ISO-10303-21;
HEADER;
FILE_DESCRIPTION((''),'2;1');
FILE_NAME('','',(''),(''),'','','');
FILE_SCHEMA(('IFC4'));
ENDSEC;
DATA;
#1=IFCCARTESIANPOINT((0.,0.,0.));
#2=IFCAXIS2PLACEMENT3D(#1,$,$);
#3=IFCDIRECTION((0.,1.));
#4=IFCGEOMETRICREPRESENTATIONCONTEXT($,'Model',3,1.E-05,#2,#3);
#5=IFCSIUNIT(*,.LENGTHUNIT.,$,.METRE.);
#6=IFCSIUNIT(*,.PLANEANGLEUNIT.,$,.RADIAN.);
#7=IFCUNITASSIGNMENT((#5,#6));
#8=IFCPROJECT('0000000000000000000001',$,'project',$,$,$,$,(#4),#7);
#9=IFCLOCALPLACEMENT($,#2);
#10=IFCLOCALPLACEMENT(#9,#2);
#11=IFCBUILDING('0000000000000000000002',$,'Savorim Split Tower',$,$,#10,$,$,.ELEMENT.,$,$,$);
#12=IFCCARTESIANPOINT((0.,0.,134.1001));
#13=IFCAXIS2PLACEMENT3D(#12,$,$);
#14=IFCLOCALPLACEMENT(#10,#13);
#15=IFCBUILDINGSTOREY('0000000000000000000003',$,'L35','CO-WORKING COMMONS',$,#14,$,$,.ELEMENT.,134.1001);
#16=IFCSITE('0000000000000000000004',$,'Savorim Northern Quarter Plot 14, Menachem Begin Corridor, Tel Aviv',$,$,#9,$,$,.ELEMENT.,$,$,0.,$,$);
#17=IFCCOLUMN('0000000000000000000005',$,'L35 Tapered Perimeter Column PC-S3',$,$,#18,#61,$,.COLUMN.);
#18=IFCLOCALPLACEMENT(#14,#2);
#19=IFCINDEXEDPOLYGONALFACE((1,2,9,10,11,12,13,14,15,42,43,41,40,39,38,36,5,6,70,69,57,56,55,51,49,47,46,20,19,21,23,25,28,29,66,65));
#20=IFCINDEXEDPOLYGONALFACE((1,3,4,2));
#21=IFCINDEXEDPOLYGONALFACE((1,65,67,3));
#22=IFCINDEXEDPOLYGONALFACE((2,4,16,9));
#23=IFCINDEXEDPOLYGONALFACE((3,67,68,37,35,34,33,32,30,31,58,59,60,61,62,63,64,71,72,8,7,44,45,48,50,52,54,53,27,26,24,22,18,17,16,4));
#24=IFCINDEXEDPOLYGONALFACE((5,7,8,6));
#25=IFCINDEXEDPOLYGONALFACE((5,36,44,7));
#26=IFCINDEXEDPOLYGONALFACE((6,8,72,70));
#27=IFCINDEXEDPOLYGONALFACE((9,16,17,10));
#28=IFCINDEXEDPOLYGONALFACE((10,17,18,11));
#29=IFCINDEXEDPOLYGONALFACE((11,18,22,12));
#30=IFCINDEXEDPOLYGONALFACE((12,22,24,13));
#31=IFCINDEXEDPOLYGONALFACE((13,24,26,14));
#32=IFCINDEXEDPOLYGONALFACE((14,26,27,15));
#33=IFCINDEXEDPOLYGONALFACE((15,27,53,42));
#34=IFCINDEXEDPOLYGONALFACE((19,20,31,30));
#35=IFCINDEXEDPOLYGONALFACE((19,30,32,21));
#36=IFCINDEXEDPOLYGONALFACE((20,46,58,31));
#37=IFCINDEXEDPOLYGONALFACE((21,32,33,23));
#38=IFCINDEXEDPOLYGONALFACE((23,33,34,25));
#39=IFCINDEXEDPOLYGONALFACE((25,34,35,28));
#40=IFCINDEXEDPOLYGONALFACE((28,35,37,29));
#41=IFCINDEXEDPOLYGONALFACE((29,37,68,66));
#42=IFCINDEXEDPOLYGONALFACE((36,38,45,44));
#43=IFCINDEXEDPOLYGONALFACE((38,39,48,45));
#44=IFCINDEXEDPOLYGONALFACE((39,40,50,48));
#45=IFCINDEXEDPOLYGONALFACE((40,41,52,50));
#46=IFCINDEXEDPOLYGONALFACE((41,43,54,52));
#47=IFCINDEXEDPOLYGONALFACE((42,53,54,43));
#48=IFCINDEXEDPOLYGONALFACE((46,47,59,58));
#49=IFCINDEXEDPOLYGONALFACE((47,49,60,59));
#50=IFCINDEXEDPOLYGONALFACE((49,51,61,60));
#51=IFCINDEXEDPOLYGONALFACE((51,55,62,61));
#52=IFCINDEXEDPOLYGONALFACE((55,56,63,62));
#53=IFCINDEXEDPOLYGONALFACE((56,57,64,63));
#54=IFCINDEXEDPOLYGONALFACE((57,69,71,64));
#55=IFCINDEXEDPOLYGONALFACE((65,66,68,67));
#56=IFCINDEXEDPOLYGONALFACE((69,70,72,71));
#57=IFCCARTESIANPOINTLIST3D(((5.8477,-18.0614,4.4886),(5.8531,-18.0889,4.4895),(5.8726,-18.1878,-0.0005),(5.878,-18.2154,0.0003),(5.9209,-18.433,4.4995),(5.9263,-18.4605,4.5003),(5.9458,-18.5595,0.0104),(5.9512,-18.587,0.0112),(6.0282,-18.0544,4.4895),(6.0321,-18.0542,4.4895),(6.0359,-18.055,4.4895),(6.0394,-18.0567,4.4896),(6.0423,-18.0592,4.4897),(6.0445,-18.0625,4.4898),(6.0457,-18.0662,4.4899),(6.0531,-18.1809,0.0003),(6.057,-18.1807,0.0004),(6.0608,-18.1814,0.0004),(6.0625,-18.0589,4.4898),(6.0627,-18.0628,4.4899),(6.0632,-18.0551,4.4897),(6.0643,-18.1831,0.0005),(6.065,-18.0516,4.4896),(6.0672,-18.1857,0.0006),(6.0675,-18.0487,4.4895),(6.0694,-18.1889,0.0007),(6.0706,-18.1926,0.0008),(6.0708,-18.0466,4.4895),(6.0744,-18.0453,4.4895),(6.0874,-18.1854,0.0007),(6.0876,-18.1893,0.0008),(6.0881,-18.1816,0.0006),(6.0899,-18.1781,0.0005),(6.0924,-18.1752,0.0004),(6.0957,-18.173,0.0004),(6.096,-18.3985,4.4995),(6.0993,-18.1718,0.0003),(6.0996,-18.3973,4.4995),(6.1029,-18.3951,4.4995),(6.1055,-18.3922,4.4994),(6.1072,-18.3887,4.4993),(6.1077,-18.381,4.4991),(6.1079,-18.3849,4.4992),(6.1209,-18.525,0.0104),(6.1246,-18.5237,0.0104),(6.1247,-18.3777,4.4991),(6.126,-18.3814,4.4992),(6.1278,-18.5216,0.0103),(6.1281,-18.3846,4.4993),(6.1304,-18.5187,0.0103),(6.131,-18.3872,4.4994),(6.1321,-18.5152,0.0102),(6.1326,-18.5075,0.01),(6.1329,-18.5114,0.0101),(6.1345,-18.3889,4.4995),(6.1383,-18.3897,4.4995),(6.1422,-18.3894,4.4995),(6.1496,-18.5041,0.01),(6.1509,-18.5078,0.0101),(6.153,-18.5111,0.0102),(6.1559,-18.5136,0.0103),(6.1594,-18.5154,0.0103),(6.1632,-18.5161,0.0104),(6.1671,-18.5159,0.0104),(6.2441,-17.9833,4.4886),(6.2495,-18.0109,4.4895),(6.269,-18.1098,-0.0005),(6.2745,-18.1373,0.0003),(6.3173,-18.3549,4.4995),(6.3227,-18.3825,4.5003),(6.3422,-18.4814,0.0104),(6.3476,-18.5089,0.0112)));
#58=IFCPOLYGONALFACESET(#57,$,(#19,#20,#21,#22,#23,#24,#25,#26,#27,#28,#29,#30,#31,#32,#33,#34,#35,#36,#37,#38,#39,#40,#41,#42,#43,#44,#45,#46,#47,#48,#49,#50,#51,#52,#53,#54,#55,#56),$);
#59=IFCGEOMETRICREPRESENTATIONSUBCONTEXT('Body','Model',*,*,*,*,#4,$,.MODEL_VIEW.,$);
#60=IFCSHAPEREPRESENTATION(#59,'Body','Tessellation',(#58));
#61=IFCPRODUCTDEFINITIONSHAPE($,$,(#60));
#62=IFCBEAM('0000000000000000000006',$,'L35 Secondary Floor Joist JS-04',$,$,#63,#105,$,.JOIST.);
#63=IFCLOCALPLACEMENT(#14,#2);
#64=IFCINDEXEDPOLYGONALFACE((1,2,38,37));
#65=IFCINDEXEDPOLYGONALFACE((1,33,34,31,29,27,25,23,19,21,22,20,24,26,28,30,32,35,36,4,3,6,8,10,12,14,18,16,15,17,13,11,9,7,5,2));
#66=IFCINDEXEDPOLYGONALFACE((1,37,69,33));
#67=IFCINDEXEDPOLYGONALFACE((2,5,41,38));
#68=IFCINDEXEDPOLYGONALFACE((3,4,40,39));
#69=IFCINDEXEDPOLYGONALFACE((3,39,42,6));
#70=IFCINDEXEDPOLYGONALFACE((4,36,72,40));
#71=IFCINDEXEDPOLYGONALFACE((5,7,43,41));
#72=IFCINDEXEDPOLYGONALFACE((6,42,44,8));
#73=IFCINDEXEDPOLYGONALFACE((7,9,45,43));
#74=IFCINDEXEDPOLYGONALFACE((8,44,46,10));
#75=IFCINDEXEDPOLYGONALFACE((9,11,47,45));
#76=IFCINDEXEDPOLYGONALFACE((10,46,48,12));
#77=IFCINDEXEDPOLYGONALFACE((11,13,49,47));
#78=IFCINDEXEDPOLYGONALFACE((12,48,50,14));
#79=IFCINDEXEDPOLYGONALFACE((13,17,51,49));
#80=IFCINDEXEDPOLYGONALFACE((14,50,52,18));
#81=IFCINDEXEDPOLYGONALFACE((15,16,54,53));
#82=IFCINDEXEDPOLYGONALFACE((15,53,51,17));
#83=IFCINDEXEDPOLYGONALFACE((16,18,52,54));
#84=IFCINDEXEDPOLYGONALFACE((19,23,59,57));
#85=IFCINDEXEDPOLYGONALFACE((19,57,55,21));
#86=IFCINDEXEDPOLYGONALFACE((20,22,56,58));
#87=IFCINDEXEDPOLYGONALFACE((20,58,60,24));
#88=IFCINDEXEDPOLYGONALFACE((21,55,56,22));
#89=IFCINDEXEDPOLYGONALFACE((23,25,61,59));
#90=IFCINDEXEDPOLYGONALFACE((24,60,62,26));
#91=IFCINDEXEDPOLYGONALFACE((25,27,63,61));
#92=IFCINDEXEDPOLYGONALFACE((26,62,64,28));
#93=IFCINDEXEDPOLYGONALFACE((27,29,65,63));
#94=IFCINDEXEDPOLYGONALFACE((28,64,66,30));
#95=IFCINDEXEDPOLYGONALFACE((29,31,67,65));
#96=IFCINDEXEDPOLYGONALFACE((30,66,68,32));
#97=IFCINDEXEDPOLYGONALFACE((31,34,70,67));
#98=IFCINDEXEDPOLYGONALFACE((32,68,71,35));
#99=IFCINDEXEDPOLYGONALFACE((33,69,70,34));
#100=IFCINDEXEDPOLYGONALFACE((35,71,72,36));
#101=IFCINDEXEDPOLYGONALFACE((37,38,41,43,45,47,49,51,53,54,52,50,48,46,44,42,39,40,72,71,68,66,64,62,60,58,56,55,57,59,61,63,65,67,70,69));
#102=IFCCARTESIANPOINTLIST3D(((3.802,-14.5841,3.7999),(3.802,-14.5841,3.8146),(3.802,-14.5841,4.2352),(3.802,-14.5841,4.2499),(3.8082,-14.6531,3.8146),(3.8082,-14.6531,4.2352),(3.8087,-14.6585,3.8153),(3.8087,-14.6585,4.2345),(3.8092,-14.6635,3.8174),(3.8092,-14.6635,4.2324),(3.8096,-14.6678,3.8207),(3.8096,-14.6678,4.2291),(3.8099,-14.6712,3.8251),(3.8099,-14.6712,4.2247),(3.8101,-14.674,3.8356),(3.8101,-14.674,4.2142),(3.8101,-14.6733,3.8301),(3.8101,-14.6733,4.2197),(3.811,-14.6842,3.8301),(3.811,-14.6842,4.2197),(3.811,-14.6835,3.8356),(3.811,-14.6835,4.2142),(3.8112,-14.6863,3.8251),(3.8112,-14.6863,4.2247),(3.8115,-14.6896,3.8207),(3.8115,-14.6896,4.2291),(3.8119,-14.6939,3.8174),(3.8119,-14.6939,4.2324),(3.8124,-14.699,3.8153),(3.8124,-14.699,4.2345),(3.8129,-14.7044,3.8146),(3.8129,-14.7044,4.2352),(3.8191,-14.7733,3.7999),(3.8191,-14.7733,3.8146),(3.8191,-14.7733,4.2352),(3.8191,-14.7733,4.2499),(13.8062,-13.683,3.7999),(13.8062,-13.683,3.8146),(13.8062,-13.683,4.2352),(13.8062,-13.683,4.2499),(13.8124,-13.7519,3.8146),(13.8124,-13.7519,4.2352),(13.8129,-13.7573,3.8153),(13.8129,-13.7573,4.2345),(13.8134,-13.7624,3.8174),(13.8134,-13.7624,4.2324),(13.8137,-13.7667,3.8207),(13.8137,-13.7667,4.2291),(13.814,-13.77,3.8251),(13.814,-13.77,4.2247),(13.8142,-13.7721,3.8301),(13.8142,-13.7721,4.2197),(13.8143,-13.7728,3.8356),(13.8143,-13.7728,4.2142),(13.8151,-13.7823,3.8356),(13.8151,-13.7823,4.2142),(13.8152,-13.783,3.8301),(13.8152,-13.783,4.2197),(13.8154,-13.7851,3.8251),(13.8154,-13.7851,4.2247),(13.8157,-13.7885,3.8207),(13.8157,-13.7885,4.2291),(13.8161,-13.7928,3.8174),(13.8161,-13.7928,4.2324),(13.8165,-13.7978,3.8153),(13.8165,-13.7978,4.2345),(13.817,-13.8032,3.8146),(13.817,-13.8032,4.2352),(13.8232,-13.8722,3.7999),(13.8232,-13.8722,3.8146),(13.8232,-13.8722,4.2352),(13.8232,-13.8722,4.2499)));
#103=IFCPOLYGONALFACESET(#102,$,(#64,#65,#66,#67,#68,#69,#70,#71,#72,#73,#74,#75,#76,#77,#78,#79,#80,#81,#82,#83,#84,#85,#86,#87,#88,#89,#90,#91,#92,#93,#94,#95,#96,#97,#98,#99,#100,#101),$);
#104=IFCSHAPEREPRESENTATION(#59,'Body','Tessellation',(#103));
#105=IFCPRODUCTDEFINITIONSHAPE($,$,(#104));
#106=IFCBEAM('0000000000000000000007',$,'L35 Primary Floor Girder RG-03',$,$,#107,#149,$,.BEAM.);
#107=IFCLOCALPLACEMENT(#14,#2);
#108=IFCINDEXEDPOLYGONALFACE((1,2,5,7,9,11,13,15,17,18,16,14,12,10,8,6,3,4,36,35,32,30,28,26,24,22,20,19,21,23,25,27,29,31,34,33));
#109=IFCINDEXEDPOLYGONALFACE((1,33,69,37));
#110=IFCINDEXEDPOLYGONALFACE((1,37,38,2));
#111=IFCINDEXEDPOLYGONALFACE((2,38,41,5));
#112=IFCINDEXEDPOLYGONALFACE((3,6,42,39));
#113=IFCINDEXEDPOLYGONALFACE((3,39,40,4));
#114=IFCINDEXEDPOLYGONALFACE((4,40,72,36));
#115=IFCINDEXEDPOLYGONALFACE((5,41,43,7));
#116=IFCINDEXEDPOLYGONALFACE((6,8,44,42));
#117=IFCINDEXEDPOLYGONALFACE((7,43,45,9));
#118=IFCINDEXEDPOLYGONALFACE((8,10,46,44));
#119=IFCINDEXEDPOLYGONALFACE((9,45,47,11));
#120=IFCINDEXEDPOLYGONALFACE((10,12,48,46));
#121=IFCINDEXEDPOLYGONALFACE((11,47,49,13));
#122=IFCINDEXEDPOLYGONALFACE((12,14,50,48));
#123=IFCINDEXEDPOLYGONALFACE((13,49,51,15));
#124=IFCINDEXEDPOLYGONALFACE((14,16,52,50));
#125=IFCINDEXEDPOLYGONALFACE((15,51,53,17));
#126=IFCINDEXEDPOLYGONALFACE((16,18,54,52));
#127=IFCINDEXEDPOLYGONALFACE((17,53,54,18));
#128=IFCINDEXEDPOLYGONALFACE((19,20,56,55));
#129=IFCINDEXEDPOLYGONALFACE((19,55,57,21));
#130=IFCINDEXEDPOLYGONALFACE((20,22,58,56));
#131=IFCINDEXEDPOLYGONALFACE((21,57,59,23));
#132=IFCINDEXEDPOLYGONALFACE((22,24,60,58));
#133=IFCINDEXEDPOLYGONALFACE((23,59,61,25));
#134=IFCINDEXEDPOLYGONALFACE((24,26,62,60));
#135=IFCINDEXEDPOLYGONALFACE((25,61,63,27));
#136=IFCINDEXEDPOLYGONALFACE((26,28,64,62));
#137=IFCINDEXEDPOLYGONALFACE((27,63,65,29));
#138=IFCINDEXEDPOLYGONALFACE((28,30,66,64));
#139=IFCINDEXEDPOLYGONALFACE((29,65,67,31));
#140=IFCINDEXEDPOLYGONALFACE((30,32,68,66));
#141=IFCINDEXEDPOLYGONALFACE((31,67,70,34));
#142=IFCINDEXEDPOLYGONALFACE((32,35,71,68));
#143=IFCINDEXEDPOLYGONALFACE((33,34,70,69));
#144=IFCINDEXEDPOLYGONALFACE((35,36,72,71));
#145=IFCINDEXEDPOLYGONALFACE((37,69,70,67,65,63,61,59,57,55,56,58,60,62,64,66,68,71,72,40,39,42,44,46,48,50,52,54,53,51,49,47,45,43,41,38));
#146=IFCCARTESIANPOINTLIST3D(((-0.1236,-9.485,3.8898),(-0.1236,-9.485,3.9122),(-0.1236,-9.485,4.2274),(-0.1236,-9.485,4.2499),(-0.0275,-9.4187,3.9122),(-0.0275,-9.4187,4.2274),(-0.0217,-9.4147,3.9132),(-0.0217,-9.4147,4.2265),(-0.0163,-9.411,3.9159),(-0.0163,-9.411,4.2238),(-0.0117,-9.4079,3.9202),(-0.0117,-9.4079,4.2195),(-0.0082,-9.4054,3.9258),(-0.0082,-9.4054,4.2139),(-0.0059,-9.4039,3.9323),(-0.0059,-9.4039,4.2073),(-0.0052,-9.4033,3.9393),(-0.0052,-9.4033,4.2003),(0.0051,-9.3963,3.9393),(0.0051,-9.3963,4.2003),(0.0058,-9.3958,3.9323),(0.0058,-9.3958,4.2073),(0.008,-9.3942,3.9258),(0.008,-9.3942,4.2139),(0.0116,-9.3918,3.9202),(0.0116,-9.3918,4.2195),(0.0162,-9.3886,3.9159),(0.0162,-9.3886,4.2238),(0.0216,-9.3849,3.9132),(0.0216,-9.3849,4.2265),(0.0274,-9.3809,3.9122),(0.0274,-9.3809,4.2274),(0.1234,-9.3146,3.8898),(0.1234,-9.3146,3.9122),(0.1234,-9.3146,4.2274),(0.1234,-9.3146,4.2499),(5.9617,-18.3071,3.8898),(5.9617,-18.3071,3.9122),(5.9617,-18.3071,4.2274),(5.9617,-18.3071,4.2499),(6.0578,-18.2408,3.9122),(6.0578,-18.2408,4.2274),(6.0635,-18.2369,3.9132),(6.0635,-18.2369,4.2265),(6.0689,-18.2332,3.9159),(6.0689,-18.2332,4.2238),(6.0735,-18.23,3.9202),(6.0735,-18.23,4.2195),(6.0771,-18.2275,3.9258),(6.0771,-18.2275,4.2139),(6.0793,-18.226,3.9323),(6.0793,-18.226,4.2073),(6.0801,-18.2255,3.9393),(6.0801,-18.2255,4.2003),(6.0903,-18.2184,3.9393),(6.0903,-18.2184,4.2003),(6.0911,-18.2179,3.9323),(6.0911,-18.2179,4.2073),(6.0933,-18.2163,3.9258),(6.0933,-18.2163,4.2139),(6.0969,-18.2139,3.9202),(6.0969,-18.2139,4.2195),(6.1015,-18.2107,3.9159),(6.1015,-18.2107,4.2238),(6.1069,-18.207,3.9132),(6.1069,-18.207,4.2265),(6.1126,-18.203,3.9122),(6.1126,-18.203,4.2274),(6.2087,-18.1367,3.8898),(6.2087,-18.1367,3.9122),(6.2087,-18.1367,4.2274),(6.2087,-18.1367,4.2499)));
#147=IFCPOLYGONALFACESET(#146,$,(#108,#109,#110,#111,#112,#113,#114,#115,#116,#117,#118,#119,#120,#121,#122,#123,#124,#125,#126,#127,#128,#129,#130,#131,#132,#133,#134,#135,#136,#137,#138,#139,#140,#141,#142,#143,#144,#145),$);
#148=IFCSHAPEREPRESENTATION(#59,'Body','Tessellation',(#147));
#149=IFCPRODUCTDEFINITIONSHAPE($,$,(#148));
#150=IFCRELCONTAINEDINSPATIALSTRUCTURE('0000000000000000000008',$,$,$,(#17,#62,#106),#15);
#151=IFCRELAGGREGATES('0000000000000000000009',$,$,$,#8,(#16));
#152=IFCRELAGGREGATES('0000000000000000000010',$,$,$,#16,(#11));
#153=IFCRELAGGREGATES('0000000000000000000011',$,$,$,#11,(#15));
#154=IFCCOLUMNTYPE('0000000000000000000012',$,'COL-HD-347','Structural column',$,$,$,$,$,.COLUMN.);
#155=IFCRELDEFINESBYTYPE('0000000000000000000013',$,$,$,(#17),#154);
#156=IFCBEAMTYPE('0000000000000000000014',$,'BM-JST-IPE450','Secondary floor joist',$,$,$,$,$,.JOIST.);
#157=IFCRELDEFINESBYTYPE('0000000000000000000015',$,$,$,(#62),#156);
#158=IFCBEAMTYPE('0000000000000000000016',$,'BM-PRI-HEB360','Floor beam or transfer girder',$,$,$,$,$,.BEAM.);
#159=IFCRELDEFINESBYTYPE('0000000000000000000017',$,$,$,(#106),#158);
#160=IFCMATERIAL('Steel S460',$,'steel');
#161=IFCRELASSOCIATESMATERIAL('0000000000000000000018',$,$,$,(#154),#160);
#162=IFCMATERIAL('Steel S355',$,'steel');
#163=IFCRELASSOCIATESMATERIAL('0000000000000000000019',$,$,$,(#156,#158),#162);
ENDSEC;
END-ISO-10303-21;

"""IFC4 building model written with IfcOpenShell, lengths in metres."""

from ifc_helpers import new_model, si_unit, direction, frame, origin, origin_2d, place, context, subcontext, project, spatial, i_section, extrude, material, material_profile, profile_set, type_object, element, save


model = new_model("IFC4")

# Units and contexts
model_context = context("Model", 3, precision=1e-05, world=origin(), true_north=direction((0.0, 1.0)))
body_context = subcontext(model_context, "Body", "Model", "MODEL_VIEW")
ifc_project = project(units=[si_unit("LENGTHUNIT", "METRE"), si_unit("PLANEANGLEUNIT", "RADIAN")], contexts=[model_context])

# Site, building, storey
site_placement = place(None, origin())
site = spatial("IfcSite", under=ifc_project, at=site_placement, Name="Savorim Northern Quarter Plot 14, Menachem Begin Corridor, Tel Aviv", CompositionType="ELEMENT", RefElevation=0.0)
building_placement = place(site_placement, origin())
building = spatial("IfcBuilding", under=site, at=building_placement, Name="Savorim Split Tower", CompositionType="ELEMENT")
storey_placement = place(building_placement, frame((0.0, 0.0, 134.1001)))
storey = spatial("IfcBuildingStorey", under=building, at=storey_placement, Name="L35", Description="CO-WORKING COMMONS", CompositionType="ELEMENT", Elevation=134.1001)

# Column
ifc_material_1 = material(Name="Steel S460", Category="steel")
ifc_material_profile_1 = material_profile(ifc_material_1, i_section(OverallWidth=0.4041, OverallDepth=0.407, WebThickness=0.0173, FlangeThickness=0.0281, FilletRadius=0.0149, at=origin_2d()), Name="HD 400x347")
ifc_profile_set_1 = profile_set([ifc_material_profile_1], Name="Steel S460")
column_type = type_object("IfcColumnType", Name="COL-HD-347", Description="Structural column", PredefinedType="COLUMN", material=ifc_profile_set_1)
column_placement = place(storey_placement, frame((6.1101, -18.3484, 0.0054), z_axis=(-0.005545, 0.02816, 0.999588), x_axis=(-0.981159, -0.193201, 0.0)))
element("IfcColumn", 1, at=column_placement, inside=storey, type_object=column_type, Name="L35 Tapered Perimeter Column PC-S3", PredefinedType="COLUMN", context=body_context, shape_type="SweptSolid", body=[
    extrude(i_section(OverallWidth=0.4041, OverallDepth=0.407, WebThickness=0.0173, FlangeThickness=0.0281, FilletRadius=0.0149, at=origin_2d()), origin(), (0.0, 0.0, 1.0), 4.491),
])

# Beams
ifc_material_2 = material(Name="Steel S355", Category="steel")
ifc_material_profile_2 = material_profile(ifc_material_2, i_section(OverallWidth=0.1899, OverallDepth=0.45, WebThickness=0.0095, FlangeThickness=0.0146, FilletRadius=0.021, at=origin_2d()), Name="IPE 450")
ifc_profile_set_2 = profile_set([ifc_material_profile_2], Name="Steel S355")
beam_type_1 = type_object("IfcBeamType", Name="BM-JST-IPE450", Description="Secondary floor joist", PredefinedType="JOIST", material=ifc_profile_set_2)
beam_1_placement = place(storey_placement, frame((3.8105, -14.6787, 4.0249), z_axis=(0.995968, 0.089712, 0.0), x_axis=(-0.089712, 0.995968, 0.0)))
element("IfcBeam", 2, at=beam_1_placement, inside=storey, type_object=beam_type_1, Name="L35 Secondary Floor Joist JS-04", PredefinedType="JOIST", context=body_context, shape_type="SweptSolid", body=[
    extrude(i_section(OverallWidth=0.1899, OverallDepth=0.45, WebThickness=0.0095, FlangeThickness=0.0146, FilletRadius=0.021, at=origin_2d()), origin(), (0.0, 0.0, 1.0), 10.0447),
])
ifc_material_profile_3 = material_profile(ifc_material_2, i_section(OverallWidth=0.3, OverallDepth=0.3601, WebThickness=0.0125, FlangeThickness=0.0225, FilletRadius=0.0271, at=origin_2d()), Name="HEB 360")
ifc_profile_set_3 = profile_set([ifc_material_profile_3], Name="Steel S355")
beam_type_2 = type_object("IfcBeamType", Name="BM-PRI-HEB360", Description="Floor beam or transfer girder", PredefinedType="BEAM", material=ifc_profile_set_3)
beam_2_placement = place(storey_placement, frame((6.0852, -18.2219, 4.0698), z_axis=(-0.567799, 0.823167, 0.0), x_axis=(-0.823167, -0.567799, 0.0)))
element("IfcBeam", 3, at=beam_2_placement, inside=storey, type_object=beam_type_2, Name="L35 Primary Floor Girder RG-03", PredefinedType="BEAM", context=body_context, shape_type="SweptSolid", body=[
    extrude(i_section(OverallWidth=0.3, OverallDepth=0.3601, WebThickness=0.0125, FlangeThickness=0.0225, FilletRadius=0.0271, at=origin_2d()), origin(), (0.0, 0.0, 1.0), 10.7173),
])

save(model, "model.ifc")
